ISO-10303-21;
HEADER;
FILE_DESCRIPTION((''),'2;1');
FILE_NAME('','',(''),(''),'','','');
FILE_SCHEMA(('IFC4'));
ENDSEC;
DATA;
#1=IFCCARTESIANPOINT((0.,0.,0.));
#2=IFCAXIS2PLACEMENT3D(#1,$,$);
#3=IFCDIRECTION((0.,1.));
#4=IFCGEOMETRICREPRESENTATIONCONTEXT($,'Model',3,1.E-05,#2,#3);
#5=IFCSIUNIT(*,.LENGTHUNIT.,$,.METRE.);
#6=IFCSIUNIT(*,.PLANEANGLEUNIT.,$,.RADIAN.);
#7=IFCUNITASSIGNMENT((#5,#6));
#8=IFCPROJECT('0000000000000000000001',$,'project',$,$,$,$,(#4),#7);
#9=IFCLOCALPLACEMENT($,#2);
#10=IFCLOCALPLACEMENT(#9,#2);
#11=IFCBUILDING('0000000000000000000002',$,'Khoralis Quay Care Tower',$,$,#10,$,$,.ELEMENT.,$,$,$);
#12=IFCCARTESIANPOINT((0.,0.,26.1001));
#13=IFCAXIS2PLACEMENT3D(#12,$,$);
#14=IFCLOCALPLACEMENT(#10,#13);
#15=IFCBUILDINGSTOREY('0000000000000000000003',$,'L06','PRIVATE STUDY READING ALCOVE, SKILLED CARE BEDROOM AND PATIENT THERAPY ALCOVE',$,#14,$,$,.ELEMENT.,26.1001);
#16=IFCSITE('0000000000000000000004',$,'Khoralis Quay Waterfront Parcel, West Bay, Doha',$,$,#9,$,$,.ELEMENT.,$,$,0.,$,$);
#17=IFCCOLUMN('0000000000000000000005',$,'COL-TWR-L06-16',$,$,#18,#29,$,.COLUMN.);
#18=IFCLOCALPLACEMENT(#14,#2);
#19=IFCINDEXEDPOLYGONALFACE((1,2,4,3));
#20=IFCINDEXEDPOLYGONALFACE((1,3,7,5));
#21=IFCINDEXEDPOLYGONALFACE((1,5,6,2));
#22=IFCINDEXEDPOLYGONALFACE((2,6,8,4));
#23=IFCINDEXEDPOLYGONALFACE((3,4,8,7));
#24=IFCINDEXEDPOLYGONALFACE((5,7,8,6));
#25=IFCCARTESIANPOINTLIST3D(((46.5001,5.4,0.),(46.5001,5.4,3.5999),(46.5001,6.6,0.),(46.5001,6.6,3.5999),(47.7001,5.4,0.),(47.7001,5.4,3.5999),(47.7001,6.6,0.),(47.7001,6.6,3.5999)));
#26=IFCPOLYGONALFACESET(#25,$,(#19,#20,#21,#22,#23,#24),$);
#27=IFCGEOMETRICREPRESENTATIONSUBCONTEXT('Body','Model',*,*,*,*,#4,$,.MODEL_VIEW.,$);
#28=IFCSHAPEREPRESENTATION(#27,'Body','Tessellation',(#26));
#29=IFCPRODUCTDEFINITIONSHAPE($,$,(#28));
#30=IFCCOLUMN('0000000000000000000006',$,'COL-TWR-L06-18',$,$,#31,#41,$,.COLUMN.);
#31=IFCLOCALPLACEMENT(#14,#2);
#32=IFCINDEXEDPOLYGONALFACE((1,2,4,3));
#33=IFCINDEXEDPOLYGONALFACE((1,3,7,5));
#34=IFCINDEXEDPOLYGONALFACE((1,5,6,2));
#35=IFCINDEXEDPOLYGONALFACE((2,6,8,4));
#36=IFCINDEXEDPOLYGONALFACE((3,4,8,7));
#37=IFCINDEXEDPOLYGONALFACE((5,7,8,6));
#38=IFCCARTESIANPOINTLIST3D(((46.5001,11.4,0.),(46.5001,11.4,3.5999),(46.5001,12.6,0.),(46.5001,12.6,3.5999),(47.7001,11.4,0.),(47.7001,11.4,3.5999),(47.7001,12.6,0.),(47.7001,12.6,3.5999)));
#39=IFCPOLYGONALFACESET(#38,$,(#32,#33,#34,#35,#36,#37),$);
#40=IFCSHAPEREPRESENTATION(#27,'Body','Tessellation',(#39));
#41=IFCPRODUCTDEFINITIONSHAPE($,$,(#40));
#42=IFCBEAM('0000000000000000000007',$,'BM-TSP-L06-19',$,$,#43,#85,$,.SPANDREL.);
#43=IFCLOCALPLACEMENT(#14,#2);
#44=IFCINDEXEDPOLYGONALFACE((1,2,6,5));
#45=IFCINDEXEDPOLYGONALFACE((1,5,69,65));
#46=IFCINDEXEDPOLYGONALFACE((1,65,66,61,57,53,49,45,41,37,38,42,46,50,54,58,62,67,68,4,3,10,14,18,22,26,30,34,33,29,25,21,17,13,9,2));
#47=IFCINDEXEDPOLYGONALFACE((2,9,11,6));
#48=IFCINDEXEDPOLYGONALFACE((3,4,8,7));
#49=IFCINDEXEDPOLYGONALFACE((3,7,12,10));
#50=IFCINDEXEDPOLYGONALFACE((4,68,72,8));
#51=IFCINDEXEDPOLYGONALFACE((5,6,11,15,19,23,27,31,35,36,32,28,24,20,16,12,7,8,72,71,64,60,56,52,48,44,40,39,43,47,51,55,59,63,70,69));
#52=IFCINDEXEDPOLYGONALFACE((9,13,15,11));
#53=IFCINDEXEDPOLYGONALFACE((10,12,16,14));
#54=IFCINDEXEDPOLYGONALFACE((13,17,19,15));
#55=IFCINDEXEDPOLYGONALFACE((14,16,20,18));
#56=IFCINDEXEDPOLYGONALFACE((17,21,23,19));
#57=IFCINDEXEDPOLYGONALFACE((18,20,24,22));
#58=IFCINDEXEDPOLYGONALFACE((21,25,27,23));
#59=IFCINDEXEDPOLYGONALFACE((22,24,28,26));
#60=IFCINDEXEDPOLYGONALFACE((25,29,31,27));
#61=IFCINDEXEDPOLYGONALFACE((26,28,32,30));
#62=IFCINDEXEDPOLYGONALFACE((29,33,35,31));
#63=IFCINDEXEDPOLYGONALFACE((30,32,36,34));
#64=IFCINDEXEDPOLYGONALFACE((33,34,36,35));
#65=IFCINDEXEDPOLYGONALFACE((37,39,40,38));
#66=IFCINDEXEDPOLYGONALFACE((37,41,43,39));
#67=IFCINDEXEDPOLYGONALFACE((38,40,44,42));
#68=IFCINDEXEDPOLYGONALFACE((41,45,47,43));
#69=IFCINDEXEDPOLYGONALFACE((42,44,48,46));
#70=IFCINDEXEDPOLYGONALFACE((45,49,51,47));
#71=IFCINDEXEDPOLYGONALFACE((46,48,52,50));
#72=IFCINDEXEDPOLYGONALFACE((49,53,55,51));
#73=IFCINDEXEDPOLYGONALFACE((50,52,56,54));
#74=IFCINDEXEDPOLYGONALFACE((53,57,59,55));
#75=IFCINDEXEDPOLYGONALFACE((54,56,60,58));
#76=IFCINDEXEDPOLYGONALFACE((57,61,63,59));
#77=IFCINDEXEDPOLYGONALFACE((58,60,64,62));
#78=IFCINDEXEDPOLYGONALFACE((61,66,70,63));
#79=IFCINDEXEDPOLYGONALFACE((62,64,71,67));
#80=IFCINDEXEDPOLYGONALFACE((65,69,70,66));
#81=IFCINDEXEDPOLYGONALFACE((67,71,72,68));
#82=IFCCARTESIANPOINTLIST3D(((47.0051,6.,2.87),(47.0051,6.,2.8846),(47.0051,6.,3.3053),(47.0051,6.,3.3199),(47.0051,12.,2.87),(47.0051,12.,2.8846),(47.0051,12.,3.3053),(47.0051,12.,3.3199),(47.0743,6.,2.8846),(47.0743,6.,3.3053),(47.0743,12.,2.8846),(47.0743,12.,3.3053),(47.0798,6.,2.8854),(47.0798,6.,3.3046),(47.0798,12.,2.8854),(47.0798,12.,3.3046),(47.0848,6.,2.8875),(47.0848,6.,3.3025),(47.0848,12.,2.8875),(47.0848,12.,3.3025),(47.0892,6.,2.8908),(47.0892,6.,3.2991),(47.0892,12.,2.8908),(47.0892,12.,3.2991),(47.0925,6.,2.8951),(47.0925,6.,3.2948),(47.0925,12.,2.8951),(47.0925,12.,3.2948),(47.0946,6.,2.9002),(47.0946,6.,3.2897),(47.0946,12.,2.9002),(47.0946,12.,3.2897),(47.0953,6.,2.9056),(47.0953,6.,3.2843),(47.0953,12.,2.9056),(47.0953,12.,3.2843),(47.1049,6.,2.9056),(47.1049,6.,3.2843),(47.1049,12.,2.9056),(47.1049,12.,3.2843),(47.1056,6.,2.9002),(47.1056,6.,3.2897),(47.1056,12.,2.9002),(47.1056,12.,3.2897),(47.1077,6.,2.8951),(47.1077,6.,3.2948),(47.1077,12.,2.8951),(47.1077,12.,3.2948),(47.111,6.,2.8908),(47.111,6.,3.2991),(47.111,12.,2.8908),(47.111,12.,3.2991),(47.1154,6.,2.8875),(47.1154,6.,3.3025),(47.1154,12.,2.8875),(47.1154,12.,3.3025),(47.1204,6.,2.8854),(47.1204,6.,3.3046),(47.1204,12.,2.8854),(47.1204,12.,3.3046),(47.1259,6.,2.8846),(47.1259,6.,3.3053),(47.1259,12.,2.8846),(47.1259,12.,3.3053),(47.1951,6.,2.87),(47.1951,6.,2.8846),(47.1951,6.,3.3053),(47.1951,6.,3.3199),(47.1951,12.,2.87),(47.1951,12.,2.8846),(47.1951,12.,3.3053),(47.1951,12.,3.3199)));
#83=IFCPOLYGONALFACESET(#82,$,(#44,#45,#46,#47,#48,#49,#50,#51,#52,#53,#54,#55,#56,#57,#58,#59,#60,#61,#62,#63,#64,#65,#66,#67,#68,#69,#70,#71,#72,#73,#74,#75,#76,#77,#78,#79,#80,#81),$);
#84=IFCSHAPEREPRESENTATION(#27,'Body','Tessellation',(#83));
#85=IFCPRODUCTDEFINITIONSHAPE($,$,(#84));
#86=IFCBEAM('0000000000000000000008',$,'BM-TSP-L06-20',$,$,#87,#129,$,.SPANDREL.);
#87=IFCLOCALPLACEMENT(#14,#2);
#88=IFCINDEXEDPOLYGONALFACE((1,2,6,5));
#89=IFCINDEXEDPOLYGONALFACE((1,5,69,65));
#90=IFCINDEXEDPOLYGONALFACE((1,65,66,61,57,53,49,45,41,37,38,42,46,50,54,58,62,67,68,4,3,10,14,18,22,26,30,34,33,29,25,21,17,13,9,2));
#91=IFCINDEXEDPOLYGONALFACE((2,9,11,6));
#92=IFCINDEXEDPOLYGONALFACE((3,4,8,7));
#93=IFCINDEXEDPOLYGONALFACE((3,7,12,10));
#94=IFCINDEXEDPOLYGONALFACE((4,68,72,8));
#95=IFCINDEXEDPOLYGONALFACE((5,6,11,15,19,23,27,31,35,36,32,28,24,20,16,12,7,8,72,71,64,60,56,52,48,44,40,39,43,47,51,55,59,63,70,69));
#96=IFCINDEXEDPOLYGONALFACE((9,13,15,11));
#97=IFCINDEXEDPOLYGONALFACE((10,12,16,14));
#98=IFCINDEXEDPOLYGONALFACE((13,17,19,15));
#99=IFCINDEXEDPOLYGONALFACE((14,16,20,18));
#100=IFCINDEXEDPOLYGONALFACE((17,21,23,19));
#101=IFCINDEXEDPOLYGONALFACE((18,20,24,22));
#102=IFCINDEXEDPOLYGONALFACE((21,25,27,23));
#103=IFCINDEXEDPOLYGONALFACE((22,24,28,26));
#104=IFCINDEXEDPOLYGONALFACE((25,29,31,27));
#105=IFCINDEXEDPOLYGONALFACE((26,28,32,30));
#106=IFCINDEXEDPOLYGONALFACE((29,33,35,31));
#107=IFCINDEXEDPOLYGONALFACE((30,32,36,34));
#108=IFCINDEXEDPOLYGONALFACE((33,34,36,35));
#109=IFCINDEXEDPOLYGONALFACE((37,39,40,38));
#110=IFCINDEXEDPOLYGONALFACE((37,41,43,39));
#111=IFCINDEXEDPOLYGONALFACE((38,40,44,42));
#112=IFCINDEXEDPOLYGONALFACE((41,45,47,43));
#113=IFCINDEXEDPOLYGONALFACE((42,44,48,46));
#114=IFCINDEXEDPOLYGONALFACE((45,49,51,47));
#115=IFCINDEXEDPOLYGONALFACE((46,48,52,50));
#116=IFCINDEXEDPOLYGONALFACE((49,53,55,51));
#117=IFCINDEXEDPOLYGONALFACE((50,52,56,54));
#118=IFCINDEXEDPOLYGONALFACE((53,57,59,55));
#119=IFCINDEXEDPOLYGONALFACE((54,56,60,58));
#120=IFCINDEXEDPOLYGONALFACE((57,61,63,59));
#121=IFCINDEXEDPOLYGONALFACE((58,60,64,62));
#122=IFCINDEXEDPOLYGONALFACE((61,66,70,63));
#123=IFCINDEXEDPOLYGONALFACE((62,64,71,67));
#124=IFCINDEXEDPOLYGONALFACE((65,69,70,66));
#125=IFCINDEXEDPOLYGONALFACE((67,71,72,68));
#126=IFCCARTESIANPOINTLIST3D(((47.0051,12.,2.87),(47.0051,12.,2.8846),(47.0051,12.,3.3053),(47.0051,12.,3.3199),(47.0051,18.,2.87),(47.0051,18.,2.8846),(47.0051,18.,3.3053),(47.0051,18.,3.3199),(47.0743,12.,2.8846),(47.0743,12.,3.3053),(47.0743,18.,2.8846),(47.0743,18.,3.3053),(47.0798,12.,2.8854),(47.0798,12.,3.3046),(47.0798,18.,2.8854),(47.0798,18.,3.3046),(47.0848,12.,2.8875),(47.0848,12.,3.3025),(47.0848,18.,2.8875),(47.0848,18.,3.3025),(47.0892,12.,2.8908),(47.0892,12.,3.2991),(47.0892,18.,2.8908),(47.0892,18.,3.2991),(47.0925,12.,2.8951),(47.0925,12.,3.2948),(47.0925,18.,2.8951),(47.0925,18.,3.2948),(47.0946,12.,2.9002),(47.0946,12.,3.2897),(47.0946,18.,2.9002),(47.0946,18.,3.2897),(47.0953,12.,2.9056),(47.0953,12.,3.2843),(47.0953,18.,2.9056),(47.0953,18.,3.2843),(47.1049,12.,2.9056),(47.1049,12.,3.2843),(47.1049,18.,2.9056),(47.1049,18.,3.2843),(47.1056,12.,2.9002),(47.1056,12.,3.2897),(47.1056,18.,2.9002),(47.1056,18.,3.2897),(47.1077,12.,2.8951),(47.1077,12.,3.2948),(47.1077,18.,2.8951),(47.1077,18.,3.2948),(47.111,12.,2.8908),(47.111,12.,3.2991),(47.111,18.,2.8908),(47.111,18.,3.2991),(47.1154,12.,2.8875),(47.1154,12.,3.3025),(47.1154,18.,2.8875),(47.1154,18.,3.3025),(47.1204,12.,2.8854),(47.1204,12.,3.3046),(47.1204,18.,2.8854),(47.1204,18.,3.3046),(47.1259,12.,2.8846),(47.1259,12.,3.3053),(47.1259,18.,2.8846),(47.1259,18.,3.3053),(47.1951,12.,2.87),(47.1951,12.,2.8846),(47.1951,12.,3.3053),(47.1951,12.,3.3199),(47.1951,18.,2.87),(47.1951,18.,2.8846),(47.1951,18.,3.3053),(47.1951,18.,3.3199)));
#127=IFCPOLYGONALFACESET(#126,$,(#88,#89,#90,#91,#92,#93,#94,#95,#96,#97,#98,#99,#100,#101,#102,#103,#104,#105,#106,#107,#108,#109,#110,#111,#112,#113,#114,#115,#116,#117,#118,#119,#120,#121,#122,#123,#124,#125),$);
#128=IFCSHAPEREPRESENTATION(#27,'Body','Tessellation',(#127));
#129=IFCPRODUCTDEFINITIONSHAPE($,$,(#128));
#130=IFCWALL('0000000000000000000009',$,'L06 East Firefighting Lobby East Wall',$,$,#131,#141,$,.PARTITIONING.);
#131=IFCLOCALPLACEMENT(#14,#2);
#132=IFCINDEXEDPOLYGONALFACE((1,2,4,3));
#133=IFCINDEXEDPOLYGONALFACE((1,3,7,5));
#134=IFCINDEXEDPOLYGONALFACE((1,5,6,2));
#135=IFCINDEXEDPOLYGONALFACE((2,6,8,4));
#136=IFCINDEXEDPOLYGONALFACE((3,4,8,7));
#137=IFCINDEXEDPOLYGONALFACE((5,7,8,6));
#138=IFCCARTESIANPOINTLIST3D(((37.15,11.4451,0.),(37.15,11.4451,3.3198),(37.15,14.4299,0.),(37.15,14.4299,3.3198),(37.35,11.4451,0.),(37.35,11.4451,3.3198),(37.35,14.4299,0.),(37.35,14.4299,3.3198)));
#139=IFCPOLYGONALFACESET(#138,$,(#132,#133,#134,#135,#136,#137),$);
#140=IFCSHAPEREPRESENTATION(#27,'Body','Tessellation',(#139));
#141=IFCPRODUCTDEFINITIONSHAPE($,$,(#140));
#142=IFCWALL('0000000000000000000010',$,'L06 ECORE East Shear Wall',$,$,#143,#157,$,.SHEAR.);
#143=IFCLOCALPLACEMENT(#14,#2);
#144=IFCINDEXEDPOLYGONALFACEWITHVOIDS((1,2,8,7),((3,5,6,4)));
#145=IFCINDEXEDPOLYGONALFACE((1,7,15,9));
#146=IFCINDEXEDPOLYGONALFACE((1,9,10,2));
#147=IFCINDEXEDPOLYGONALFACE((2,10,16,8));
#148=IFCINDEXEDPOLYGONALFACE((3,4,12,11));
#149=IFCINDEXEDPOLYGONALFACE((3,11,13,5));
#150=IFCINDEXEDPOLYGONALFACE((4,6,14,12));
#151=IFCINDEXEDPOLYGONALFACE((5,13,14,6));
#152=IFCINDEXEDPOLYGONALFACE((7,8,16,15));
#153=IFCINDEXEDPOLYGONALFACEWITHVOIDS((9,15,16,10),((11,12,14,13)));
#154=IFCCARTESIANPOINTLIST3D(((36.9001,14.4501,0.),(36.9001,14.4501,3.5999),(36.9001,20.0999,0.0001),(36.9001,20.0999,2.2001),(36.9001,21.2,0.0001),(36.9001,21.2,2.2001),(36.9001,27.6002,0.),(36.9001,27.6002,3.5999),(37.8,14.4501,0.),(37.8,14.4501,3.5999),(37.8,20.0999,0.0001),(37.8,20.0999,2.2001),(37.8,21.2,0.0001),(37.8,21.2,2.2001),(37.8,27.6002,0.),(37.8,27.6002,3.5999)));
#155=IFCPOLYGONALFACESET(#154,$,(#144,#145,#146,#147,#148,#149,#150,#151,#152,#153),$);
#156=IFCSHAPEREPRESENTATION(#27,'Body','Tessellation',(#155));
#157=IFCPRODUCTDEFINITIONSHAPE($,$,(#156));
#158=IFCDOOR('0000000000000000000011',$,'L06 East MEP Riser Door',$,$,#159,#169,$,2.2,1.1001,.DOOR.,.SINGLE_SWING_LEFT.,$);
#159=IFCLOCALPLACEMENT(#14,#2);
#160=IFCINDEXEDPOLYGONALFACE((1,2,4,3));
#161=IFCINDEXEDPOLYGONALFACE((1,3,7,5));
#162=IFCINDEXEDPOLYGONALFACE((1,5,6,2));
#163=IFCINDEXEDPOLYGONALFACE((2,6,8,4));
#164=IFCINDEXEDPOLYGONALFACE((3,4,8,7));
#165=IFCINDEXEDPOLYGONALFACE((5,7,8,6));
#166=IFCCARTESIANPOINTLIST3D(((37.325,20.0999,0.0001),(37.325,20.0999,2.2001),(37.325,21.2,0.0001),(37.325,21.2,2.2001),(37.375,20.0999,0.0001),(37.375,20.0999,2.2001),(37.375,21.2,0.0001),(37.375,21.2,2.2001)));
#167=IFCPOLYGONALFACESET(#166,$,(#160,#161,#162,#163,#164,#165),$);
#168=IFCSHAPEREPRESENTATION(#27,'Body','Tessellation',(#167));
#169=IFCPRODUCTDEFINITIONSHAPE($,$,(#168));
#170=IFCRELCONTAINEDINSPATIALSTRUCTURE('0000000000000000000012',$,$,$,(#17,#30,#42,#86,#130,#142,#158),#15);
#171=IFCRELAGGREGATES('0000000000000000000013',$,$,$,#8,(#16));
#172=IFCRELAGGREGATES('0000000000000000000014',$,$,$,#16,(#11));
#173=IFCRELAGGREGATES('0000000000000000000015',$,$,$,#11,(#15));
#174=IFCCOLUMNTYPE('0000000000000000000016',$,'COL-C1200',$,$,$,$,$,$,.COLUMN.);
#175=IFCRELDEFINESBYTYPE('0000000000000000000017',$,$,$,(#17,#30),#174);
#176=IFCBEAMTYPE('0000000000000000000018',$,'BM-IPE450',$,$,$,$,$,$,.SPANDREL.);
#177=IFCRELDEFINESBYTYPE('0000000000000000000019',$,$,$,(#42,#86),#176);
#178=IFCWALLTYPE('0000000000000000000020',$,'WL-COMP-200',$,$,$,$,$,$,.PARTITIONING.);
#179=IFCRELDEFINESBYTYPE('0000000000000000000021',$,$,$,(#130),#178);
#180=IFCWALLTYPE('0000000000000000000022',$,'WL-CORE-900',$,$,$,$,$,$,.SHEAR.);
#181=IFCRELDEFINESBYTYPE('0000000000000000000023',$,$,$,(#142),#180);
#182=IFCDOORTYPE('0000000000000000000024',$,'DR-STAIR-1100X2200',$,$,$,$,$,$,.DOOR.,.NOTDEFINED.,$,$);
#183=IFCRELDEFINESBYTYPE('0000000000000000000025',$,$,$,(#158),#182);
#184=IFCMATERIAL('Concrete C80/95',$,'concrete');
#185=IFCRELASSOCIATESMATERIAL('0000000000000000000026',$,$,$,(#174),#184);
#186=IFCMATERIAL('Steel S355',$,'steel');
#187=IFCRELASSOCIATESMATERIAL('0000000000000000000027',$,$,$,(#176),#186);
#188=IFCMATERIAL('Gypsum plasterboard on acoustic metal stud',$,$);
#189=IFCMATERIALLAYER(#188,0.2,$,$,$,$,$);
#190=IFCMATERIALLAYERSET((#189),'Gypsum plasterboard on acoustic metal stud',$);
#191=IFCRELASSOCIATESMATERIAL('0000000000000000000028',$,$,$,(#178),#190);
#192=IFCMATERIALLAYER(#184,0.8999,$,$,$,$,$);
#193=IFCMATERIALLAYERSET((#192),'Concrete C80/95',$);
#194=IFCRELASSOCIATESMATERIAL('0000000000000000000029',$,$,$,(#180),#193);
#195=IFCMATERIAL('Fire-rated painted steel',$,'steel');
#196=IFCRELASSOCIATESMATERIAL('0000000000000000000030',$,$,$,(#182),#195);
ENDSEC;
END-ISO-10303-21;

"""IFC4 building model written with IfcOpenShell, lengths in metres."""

from ifc_helpers import new_model, si_unit, direction, frame, frame_2d, origin, origin_2d, place, context, subcontext, project, spatial, rectangle, i_section, extrude, source, transform, mapped, material, layer, layer_set, material_profile, profile_set, type_object, element, fill, save


model = new_model("IFC4")

# Units and contexts
model_context = context("Model", 3, precision=1e-05, world=origin(), true_north=direction((0.0, 1.0)))
body_context = subcontext(model_context, "Body", "Model", "MODEL_VIEW")
ifc_project = project(units=[si_unit("LENGTHUNIT", "METRE"), si_unit("PLANEANGLEUNIT", "RADIAN")], contexts=[model_context])

# Site, building, storey
site_placement = place(None, origin())
site = spatial("IfcSite", under=ifc_project, at=site_placement, Name="Khoralis Quay Waterfront Parcel, West Bay, Doha", CompositionType="ELEMENT", RefElevation=0.0)
building_placement = place(site_placement, origin())
building = spatial("IfcBuilding", under=site, at=building_placement, Name="Khoralis Quay Care Tower", CompositionType="ELEMENT")
storey_placement = place(building_placement, frame((0.0, 0.0, 26.1001)))
storey = spatial("IfcBuildingStorey", under=building, at=storey_placement, Name="L06", Description="PRIVATE STUDY READING ALCOVE, SKILLED CARE BEDROOM AND PATIENT THERAPY ALCOVE", CompositionType="ELEMENT", Elevation=26.1001)

# Columns
ifc_material_1 = material(Name="Concrete C80/95", Category="concrete")
ifc_material_profile_1 = material_profile(ifc_material_1, rectangle(XDim=1.2, YDim=1.2, at=origin_2d()), Name="Concrete C80/95")
ifc_profile_set_1 = profile_set([ifc_material_profile_1], Name="Concrete C80/95")
column_type = type_object("IfcColumnType", Name="COL-C1200", PredefinedType="COLUMN", material=ifc_profile_set_1)
shared_shape_1 = source(origin(), body_context, "Body", "SweptSolid", [
    extrude(rectangle(XDim=1.2, YDim=1.2, at=origin_2d()), origin(), (0.0, 0.0, 1.0), 3.5999),
])
for number, where, z_axis, x_axis, name in (
    (1, (47.1001, 6.0, 0.0), (0.0, 0.0, 1.0), (1.0, 0.0, 0.0), "COL-TWR-L06-16"),
    (2, (47.1001, 12.0, 0.0), (0.0, 0.0, 1.0), (1.0, 0.0, 0.0), "COL-TWR-L06-18"),
):
    element("IfcColumn", number, at=place(storey_placement, frame(where, z_axis=z_axis, x_axis=x_axis)), inside=storey, type_object=column_type, Name=name, PredefinedType="COLUMN", context=body_context, shape_type="MappedRepresentation", body=[
        mapped(shared_shape_1, transform((0.0, 0.0, 0.0), scale=1.0)),
    ])

# Beams
ifc_material_2 = material(Name="Steel S355", Category="steel")
ifc_material_profile_2 = material_profile(ifc_material_2, i_section(OverallWidth=0.1899, OverallDepth=0.45, WebThickness=0.0095, FlangeThickness=0.0146, FilletRadius=0.021, at=origin_2d()), Name="Steel S355")
ifc_profile_set_2 = profile_set([ifc_material_profile_2], Name="Steel S355")
beam_type = type_object("IfcBeamType", Name="BM-IPE450", PredefinedType="SPANDREL", material=ifc_profile_set_2)
shared_shape_2 = source(origin(), body_context, "Body", "SweptSolid", [
    extrude(i_section(OverallWidth=0.1899, OverallDepth=0.45, WebThickness=0.0095, FlangeThickness=0.0146, FilletRadius=0.021, at=origin_2d()), origin(), (0.0, 0.0, 1.0), 6.0),
])
for number, where, z_axis, x_axis, name in (
    (3, (47.1001, 6.0, 3.095), (0.0, 1.0, 0.0), (-1.0, 0.0, 0.0), "BM-TSP-L06-19"),
    (4, (47.1001, 12.0, 3.095), (0.0, 1.0, 0.0), (-1.0, 0.0, 0.0), "BM-TSP-L06-20"),
):
    element("IfcBeam", number, at=place(storey_placement, frame(where, z_axis=z_axis, x_axis=x_axis)), inside=storey, type_object=beam_type, Name=name, PredefinedType="SPANDREL", context=body_context, shape_type="MappedRepresentation", body=[
        mapped(shared_shape_2, transform((0.0, 0.0, 0.0), scale=1.0)),
    ])

# Wall
ifc_material_3 = material(Name="Gypsum plasterboard on acoustic metal stud")
ifc_layer_1 = layer(ifc_material_3, 0.2)
ifc_layer_set_1 = layer_set([ifc_layer_1], Name="Gypsum plasterboard on acoustic metal stud")
wall_type_1 = type_object("IfcWallType", Name="WL-COMP-200", PredefinedType="PARTITIONING", material=ifc_layer_set_1)
wall_1_placement = place(storey_placement, frame((37.25, 11.4451, 0.0), z_axis=(0.0, 0.0, 1.0), x_axis=(0.0, 1.0, 0.0)))
element("IfcWall", 5, at=wall_1_placement, inside=storey, type_object=wall_type_1, Name="L06 East Firefighting Lobby East Wall", PredefinedType="PARTITIONING", context=body_context, shape_type="SweptSolid", body=[
    extrude(rectangle(XDim=2.9849, YDim=0.2, at=frame_2d((1.4924, 0.0))), origin(), (0.0, 0.0, 1.0), 3.3198),
])

# Wall, opening, door
ifc_layer_2 = layer(ifc_material_1, 0.8999)
ifc_layer_set_2 = layer_set([ifc_layer_2], Name="Concrete C80/95")
wall_type_2 = type_object("IfcWallType", Name="WL-CORE-900", PredefinedType="SHEAR", material=ifc_layer_set_2)
wall_2_placement = place(storey_placement, frame((37.3501, 14.45, 0.0), z_axis=(0.0, 0.0, 1.0), x_axis=(0.0, 1.0, 0.0)))
wall_2 = element("IfcWall", 6, at=wall_2_placement, inside=storey, type_object=wall_type_2, Name="L06 ECORE East Shear Wall", PredefinedType="SHEAR", context=body_context, shape_type="SweptSolid", body=[
    extrude(rectangle(XDim=13.1501, YDim=0.8999, at=frame_2d((6.5752, 0.0))), origin(), (0.0, 0.0, 1.0), 3.5999),
])
opening_1_placement = place(wall_2_placement, frame((5.6499, 0.0, 0.0)))
opening_1 = element("IfcOpeningElement", 7, at=opening_1_placement, cuts=wall_2, PredefinedType="OPENING", context=body_context, shape_type="SweptSolid", body=[
    extrude(rectangle(XDim=1.1001, YDim=2.2, at=frame_2d((0.55, 1.1001))), frame((0.0, 0.46, 0.0), z_axis=(0.0, -1.0, 0.0), x_axis=(1.0, 0.0, 0.0)), (0.0, 0.0, 1.0), 0.9199),
])
ifc_material_4 = material(Name="Fire-rated painted steel", Category="steel")
door_type_1 = type_object("IfcDoorType", Name="DR-STAIR-1100X2200", OperationType="NOTDEFINED", PredefinedType="DOOR", material=ifc_material_4)
shared_shape_3 = source(origin(), body_context, "Body", "SweptSolid", [
    extrude(rectangle(XDim=1.1001, YDim=2.2, at=frame_2d((0.55, 1.1001))), frame((0.0, 0.0249, 0.0), z_axis=(0.0, -1.0, 0.0), x_axis=(1.0, 0.0, 0.0)), (0.0, 0.0, 1.0), 0.05),
])
door_1_placement = place(opening_1_placement, frame((1.1001, 0.0, 0.0), z_axis=(0.0, 0.0, 1.0), x_axis=(-1.0, 0.0, 0.0)))
door_1 = element("IfcDoor", 8, at=door_1_placement, inside=storey, type_object=door_type_1, Name="L06 East MEP Riser Door", OperationType="SINGLE_SWING_LEFT", OverallHeight=2.2, OverallWidth=1.1001, PredefinedType="DOOR", context=body_context, shape_type="MappedRepresentation", body=[
    mapped(shared_shape_3, transform((0.0, 0.0, 0.0), scale=1.0)),
])
fill(opening_1, door_1)

save(model, "model.ifc")
